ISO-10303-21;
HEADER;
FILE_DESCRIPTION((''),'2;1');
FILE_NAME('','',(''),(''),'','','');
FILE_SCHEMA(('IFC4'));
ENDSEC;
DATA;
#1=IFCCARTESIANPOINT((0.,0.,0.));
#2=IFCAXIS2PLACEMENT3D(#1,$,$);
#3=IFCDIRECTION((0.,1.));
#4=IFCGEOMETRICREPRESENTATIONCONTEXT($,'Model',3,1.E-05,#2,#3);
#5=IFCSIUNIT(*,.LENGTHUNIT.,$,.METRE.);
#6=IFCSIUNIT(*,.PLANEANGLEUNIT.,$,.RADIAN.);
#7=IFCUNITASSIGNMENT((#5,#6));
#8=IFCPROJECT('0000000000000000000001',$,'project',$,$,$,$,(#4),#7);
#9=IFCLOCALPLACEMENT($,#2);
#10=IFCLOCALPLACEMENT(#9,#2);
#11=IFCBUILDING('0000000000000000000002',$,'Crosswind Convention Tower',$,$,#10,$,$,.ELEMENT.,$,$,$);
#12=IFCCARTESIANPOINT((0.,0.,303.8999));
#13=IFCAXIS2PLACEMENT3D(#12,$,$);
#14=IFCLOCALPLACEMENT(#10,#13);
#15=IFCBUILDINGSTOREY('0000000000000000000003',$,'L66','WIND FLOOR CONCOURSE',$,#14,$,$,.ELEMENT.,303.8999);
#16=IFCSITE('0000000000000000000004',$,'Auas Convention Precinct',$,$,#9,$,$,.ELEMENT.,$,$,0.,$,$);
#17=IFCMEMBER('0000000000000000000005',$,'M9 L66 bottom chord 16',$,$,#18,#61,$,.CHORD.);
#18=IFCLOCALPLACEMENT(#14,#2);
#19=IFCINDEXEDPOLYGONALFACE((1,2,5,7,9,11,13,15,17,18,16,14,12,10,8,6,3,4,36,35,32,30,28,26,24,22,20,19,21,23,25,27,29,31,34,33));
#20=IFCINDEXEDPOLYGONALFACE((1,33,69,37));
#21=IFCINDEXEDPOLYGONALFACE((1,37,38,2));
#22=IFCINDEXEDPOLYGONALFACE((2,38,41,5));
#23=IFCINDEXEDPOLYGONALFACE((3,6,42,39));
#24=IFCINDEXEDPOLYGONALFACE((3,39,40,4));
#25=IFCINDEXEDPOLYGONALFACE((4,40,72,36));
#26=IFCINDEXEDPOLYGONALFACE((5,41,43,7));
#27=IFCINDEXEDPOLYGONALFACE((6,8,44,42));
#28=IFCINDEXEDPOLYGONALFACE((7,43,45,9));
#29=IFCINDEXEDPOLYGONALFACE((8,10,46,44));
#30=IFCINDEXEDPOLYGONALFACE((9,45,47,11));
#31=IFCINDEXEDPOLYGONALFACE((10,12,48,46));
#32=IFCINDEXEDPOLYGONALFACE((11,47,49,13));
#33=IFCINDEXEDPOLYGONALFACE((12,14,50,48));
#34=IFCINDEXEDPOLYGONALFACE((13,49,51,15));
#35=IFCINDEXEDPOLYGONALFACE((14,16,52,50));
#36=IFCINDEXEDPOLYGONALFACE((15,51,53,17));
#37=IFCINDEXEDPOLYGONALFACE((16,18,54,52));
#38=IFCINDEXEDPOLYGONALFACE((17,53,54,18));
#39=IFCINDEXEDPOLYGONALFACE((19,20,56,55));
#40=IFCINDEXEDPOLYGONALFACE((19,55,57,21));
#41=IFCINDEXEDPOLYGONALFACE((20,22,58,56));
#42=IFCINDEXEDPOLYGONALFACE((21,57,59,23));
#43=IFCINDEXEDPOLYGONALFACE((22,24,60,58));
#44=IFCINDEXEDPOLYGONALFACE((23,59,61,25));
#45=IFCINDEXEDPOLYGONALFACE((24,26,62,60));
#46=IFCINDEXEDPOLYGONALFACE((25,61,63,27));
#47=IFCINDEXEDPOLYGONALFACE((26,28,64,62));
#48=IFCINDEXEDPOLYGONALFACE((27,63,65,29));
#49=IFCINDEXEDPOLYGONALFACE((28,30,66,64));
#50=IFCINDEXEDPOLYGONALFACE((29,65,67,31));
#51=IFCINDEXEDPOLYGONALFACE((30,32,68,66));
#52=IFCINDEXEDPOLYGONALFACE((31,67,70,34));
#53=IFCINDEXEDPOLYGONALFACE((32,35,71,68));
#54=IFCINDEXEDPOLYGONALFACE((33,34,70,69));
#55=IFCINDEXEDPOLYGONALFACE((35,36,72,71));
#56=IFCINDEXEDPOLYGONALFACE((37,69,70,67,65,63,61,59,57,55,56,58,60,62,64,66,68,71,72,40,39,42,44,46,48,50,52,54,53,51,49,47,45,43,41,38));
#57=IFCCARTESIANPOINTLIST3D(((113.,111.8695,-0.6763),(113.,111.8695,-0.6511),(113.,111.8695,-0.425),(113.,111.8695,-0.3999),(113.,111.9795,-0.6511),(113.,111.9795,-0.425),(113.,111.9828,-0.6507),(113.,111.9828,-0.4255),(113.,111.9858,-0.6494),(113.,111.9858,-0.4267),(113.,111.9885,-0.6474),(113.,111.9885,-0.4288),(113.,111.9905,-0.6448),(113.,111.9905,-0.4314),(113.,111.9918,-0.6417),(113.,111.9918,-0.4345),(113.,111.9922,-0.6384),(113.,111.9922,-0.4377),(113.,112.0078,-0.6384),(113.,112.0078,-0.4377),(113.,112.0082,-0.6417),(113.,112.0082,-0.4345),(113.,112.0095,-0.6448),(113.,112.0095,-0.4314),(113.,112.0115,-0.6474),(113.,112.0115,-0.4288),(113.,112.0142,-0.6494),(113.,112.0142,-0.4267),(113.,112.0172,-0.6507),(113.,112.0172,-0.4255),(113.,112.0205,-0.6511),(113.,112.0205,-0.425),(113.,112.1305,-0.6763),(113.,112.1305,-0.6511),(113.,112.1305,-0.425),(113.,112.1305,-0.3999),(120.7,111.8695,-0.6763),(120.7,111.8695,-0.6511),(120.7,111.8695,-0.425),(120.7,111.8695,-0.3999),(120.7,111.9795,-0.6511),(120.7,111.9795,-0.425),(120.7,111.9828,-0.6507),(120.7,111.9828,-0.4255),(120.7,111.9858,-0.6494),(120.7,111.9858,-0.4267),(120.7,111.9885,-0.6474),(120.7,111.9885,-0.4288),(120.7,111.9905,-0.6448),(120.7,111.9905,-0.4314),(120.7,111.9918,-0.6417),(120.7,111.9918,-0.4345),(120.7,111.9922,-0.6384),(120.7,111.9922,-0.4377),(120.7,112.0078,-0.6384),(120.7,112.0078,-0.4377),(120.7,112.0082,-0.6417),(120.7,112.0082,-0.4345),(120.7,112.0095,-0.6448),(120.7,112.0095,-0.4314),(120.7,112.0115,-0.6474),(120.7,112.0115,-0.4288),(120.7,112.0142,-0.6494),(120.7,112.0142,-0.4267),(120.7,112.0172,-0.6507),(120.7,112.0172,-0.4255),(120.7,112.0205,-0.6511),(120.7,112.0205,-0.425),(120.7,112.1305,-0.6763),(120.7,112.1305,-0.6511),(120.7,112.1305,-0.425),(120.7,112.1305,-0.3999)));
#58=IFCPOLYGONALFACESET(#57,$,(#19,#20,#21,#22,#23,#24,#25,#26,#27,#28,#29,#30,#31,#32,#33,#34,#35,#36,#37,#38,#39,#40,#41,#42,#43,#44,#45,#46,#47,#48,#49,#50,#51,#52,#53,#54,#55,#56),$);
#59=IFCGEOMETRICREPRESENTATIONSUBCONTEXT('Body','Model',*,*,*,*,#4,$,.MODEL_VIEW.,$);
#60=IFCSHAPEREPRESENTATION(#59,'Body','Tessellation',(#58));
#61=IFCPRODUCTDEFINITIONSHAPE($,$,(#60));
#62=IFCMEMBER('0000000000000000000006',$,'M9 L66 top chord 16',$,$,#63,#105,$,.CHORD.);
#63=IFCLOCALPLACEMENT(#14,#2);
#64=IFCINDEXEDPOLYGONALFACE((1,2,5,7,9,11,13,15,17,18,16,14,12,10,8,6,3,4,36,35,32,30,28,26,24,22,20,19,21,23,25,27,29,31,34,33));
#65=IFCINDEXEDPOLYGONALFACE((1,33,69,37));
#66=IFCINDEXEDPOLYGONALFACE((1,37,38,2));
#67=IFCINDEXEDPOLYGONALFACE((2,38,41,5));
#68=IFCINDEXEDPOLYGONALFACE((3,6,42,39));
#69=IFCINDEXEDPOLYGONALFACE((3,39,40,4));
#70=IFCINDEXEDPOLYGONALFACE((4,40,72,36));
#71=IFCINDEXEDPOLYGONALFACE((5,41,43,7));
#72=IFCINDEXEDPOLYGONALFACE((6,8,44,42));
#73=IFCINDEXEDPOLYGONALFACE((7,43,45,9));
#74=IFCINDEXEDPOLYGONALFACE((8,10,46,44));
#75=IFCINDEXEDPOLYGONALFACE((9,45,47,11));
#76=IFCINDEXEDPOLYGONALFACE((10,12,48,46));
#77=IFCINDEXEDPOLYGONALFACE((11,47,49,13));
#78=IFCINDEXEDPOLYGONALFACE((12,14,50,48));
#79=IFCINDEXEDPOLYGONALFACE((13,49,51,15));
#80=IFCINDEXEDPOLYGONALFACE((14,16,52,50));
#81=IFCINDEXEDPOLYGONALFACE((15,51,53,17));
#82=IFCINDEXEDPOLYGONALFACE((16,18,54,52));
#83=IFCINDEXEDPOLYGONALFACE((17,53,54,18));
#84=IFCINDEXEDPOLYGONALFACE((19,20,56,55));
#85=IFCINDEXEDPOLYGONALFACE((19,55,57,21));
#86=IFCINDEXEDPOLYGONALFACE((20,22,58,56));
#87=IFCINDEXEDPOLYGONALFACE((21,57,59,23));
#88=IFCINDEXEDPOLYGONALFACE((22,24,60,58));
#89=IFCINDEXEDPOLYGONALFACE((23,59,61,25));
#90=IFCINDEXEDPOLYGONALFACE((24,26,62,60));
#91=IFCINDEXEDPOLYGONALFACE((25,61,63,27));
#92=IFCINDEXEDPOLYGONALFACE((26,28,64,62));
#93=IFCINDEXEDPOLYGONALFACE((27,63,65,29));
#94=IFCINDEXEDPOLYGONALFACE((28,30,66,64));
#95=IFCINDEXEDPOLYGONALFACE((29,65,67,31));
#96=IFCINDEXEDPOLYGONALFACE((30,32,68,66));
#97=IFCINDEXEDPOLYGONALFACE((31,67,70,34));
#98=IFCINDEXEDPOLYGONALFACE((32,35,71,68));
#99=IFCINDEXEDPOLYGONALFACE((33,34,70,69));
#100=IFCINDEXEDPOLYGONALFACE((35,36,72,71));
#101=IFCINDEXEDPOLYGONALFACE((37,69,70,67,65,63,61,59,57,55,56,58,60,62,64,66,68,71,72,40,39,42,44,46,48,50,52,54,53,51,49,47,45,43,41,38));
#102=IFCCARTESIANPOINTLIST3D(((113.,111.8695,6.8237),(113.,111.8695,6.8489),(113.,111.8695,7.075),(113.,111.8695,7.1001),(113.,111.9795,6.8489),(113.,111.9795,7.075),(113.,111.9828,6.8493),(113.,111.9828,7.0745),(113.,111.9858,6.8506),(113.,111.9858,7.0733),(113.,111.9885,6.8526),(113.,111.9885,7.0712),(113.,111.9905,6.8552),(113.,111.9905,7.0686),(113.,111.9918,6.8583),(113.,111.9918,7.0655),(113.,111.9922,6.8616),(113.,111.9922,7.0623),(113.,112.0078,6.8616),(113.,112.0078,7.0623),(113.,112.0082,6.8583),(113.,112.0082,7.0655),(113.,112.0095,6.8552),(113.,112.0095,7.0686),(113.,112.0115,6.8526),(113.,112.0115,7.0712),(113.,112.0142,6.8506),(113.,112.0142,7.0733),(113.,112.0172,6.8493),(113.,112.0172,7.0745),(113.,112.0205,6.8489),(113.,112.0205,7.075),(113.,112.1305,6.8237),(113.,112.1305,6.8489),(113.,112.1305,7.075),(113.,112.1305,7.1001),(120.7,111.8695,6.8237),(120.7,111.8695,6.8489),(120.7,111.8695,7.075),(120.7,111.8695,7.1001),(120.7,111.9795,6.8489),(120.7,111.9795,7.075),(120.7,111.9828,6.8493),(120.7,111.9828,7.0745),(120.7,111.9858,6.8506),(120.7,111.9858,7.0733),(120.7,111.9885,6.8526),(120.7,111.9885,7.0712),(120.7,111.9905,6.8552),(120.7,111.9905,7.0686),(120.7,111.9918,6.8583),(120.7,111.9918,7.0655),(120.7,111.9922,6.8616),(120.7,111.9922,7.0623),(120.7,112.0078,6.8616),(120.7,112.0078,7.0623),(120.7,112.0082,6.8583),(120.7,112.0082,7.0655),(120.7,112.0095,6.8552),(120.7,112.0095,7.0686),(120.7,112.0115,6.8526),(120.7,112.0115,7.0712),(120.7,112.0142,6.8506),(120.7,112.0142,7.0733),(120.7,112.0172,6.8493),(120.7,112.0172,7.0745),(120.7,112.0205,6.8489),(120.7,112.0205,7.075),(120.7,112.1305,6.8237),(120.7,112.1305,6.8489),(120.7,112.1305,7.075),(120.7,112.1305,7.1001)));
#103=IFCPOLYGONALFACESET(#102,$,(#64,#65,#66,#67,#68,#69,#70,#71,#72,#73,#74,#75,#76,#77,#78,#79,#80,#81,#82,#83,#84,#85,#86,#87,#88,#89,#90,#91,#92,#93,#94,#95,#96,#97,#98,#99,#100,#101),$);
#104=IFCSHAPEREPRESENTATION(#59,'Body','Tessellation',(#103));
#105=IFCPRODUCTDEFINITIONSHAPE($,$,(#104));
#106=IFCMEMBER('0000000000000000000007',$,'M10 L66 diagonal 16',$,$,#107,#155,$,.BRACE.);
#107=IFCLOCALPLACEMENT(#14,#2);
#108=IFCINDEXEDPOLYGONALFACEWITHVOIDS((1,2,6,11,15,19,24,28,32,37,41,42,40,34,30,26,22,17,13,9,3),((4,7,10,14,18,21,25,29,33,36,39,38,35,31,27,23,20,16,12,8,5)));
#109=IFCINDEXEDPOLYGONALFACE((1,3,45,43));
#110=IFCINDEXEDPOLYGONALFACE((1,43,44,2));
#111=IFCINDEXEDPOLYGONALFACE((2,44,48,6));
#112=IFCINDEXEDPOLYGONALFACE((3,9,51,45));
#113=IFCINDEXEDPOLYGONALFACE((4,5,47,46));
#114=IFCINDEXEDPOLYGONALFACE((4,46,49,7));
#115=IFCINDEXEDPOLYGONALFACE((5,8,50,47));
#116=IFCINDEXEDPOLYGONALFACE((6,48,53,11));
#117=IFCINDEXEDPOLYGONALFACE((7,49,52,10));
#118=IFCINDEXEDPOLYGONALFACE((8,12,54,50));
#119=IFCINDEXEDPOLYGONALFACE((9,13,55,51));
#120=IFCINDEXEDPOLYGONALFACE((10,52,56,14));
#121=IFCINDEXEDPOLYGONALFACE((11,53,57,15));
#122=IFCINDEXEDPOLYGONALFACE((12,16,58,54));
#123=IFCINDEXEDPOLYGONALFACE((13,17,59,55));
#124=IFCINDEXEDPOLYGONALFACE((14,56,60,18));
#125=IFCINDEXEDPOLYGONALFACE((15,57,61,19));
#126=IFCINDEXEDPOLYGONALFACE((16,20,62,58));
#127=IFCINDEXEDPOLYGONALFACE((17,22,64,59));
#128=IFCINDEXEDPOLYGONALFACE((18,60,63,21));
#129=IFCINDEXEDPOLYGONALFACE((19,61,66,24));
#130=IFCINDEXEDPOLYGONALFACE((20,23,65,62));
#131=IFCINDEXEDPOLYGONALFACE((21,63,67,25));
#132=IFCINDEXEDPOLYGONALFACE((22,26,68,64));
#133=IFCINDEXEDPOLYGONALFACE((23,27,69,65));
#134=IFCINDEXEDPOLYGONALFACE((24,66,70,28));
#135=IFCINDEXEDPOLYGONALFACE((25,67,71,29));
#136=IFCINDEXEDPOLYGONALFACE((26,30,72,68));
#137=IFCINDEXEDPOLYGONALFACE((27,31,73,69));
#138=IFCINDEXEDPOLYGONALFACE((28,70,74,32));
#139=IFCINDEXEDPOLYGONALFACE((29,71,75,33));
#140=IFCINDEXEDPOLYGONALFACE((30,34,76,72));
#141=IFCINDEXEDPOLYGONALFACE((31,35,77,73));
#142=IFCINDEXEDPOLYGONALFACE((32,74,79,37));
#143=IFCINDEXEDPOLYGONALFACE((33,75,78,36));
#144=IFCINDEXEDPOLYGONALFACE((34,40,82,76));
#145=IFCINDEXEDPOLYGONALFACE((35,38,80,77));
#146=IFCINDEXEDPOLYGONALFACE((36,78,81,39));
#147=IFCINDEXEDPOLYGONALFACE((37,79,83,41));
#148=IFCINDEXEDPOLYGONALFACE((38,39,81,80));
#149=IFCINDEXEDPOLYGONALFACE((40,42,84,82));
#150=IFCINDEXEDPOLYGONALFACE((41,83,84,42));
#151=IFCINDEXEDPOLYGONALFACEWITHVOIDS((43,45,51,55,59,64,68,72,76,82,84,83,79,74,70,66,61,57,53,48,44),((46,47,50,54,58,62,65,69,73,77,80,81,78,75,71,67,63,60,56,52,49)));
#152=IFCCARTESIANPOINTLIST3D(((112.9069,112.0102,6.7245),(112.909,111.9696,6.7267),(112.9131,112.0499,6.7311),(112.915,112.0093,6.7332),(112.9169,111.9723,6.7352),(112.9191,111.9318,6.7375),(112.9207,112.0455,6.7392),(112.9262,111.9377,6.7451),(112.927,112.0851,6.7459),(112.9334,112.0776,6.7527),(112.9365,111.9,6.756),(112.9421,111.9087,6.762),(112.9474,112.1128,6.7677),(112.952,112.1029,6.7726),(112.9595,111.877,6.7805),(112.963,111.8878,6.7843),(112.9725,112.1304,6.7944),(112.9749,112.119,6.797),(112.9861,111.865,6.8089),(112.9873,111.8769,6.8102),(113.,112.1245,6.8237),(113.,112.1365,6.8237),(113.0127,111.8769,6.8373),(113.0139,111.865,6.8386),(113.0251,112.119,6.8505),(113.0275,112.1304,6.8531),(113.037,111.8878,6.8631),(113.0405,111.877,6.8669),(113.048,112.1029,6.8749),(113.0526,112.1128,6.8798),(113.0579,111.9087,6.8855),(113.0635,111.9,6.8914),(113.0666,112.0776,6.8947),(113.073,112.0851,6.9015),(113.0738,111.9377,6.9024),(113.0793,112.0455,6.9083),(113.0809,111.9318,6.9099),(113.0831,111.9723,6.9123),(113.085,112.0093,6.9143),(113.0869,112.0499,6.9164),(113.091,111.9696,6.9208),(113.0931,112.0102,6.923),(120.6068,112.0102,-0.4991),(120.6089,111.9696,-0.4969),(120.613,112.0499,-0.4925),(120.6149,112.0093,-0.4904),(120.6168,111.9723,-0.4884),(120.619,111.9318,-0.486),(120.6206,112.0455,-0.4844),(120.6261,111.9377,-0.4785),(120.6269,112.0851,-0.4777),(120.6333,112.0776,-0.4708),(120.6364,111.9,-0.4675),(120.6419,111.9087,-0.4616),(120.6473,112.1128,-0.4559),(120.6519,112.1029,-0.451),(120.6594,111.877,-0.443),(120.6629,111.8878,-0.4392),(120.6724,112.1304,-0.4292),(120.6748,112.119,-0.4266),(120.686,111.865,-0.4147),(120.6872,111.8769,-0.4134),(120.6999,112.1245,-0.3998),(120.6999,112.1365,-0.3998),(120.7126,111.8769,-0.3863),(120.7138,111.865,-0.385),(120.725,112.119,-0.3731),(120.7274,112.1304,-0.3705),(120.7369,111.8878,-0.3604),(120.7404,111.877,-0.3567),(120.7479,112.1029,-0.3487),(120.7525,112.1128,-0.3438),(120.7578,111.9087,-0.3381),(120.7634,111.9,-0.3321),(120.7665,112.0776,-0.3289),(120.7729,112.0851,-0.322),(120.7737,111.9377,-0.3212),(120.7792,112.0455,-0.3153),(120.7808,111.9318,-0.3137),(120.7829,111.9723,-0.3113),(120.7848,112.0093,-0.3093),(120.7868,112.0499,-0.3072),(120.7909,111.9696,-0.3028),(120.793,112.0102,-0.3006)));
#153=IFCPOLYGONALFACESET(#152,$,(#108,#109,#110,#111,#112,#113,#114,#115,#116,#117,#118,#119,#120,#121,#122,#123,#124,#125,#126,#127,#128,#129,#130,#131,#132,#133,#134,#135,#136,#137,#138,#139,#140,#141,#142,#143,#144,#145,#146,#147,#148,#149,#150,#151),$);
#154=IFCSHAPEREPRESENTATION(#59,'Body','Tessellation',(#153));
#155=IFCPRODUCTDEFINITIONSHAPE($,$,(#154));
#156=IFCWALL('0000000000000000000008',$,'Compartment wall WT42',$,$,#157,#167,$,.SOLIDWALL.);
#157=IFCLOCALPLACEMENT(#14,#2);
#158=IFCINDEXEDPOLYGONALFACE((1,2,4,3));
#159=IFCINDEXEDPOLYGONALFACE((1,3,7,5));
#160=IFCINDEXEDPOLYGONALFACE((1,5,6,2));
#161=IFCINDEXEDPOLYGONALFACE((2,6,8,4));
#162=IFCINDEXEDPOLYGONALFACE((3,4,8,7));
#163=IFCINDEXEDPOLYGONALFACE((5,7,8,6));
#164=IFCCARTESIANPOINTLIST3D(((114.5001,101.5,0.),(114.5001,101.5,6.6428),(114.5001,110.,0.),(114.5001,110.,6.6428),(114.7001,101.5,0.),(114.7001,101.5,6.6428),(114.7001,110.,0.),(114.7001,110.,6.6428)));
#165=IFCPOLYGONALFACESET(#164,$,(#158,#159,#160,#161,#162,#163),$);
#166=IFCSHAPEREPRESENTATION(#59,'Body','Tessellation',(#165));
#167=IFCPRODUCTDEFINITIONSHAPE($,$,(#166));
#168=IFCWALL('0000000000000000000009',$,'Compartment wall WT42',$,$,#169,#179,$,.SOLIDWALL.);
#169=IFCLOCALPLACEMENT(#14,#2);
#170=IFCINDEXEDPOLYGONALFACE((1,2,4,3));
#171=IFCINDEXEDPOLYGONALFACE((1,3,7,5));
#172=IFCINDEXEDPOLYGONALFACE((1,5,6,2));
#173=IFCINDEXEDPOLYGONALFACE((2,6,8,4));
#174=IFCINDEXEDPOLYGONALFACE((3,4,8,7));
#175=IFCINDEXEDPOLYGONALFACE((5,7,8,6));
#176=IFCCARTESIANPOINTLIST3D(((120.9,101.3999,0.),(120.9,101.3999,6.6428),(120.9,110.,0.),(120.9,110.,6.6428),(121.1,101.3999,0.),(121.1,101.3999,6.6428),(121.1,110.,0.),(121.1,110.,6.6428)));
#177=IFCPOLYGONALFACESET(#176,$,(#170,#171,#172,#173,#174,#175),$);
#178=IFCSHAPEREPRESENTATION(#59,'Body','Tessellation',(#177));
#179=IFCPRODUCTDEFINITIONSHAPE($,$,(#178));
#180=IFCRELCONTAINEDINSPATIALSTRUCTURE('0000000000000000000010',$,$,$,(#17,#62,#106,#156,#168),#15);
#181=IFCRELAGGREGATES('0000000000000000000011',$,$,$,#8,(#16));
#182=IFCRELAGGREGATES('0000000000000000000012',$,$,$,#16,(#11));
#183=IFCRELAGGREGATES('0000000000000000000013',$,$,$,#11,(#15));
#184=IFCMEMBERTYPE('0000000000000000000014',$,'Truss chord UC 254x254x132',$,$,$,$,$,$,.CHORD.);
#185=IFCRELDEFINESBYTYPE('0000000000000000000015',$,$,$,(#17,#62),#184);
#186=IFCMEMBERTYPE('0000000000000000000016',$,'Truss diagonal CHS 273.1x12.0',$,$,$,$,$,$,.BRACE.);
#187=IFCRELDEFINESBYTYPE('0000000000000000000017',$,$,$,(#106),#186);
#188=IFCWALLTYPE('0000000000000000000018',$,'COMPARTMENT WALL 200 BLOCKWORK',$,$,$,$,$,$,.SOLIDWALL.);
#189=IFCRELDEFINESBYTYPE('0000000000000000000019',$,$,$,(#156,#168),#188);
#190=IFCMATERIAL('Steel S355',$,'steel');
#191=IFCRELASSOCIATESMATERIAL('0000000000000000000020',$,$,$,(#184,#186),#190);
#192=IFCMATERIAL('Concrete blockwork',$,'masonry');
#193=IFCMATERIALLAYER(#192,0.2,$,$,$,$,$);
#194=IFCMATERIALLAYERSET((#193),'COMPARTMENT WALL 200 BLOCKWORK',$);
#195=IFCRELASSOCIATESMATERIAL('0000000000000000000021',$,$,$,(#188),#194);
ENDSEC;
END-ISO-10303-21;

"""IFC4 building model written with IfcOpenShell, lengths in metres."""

from ifc_helpers import new_model, si_unit, direction, frame, frame_2d, origin, origin_2d, place, context, subcontext, project, spatial, rectangle, hollow_circle, i_section, extrude, material, layer, layer_set, material_profile, profile_set, type_object, element, save


model = new_model("IFC4")

# Units and contexts
model_context = context("Model", 3, precision=1e-05, world=origin(), true_north=direction((0.0, 1.0)))
body_context = subcontext(model_context, "Body", "Model", "MODEL_VIEW")
ifc_project = project(units=[si_unit("LENGTHUNIT", "METRE"), si_unit("PLANEANGLEUNIT", "RADIAN")], contexts=[model_context])

# Site, building, storey
site_placement = place(None, origin())
site = spatial("IfcSite", under=ifc_project, at=site_placement, Name="Auas Convention Precinct", CompositionType="ELEMENT", RefElevation=0.0)
building_placement = place(site_placement, origin())
building = spatial("IfcBuilding", under=site, at=building_placement, Name="Crosswind Convention Tower", CompositionType="ELEMENT")
storey_placement = place(building_placement, frame((0.0, 0.0, 303.8999)))
storey = spatial("IfcBuildingStorey", under=building, at=storey_placement, Name="L66", Description="WIND FLOOR CONCOURSE", CompositionType="ELEMENT", Elevation=303.8999)

# Shared definitions
ifc_material_1 = material(Name="Steel S355", Category="steel")

# Members
ifc_material_profile_1 = material_profile(ifc_material_1, i_section(OverallWidth=0.261, OverallDepth=0.2764, WebThickness=0.0156, FlangeThickness=0.0251, FilletRadius=0.0127, at=origin_2d()), Name="UC 254x254x132")
ifc_profile_set_1 = profile_set([ifc_material_profile_1], Name="Steel S355")
member_type_1 = type_object("IfcMemberType", Name="Truss chord UC 254x254x132", PredefinedType="CHORD", material=ifc_profile_set_1)
for number, where, z_axis, x_axis, name in (
    (1, (113.0, 112.0, -0.5381), (1.0, 0.0, 0.0), (0.0, 1.0, 0.0), "M9 L66 bottom chord 16"),
    (2, (113.0, 112.0, 6.9619), (1.0, 0.0, 0.0), (0.0, 1.0, 0.0), "M9 L66 top chord 16"),
):
    element("IfcMember", number, at=place(storey_placement, frame(where, z_axis=z_axis, x_axis=x_axis)), inside=storey, type_object=member_type_1, Name=name, PredefinedType="CHORD", context=body_context, shape_type="SweptSolid", body=[
        extrude(i_section(OverallWidth=0.261, OverallDepth=0.2764, WebThickness=0.0156, FlangeThickness=0.0251, FilletRadius=0.0127, at=origin_2d()), origin(), (0.0, 0.0, 1.0), 7.7),
    ])
ifc_material_profile_2 = material_profile(ifc_material_1, hollow_circle(Radius=0.1365, WallThickness=0.012, at=origin_2d()), Name="CHS 273.1x12.0")
ifc_profile_set_2 = profile_set([ifc_material_profile_2], Name="Steel S355")
member_type_2 = type_object("IfcMemberType", Name="Truss diagonal CHS 273.1x12.0", PredefinedType="BRACE", material=ifc_profile_set_2)
member_placement = place(storey_placement, frame((113.0, 112.0, 6.8237), z_axis=(0.729304, 0.0, -0.68419), x_axis=(0.0, 1.0, 0.0)))
element("IfcMember", 3, at=member_placement, inside=storey, type_object=member_type_2, Name="M10 L66 diagonal 16", PredefinedType="BRACE", context=body_context, shape_type="SweptSolid", body=[
    extrude(hollow_circle(Radius=0.1365, WallThickness=0.012, at=origin_2d()), origin(), (0.0, 0.0, 1.0), 10.5579),
])

# Walls
ifc_material_2 = material(Name="Concrete blockwork", Category="masonry")
ifc_layer_1 = layer(ifc_material_2, 0.2)
ifc_layer_set_1 = layer_set([ifc_layer_1], Name="COMPARTMENT WALL 200 BLOCKWORK")
wall_type_1 = type_object("IfcWallType", Name="COMPARTMENT WALL 200 BLOCKWORK", PredefinedType="SOLIDWALL", material=ifc_layer_set_1)
wall_1_placement = place(storey_placement, frame((114.6001, 101.5, 0.0), z_axis=(0.0, 0.0, 1.0), x_axis=(0.0, 1.0, 0.0)))
element("IfcWall", 4, at=wall_1_placement, inside=storey, type_object=wall_type_1, Name="Compartment wall WT42", PredefinedType="SOLIDWALL", context=body_context, shape_type="SweptSolid", body=[
    extrude(rectangle(XDim=8.5, YDim=0.2, at=frame_2d((4.25, 0.0))), origin(), (0.0, 0.0, 1.0), 6.6428),
])
wall_2_placement = place(storey_placement, frame((121.0, 101.3999, 0.0), z_axis=(0.0, 0.0, 1.0), x_axis=(0.0, 1.0, 0.0)))
element("IfcWall", 5, at=wall_2_placement, inside=storey, type_object=wall_type_1, Name="Compartment wall WT42", PredefinedType="SOLIDWALL", context=body_context, shape_type="SweptSolid", body=[
    extrude(rectangle(XDim=8.6001, YDim=0.2, at=frame_2d((4.3, 0.0))), origin(), (0.0, 0.0, 1.0), 6.6428),
])

save(model, "model.ifc")
